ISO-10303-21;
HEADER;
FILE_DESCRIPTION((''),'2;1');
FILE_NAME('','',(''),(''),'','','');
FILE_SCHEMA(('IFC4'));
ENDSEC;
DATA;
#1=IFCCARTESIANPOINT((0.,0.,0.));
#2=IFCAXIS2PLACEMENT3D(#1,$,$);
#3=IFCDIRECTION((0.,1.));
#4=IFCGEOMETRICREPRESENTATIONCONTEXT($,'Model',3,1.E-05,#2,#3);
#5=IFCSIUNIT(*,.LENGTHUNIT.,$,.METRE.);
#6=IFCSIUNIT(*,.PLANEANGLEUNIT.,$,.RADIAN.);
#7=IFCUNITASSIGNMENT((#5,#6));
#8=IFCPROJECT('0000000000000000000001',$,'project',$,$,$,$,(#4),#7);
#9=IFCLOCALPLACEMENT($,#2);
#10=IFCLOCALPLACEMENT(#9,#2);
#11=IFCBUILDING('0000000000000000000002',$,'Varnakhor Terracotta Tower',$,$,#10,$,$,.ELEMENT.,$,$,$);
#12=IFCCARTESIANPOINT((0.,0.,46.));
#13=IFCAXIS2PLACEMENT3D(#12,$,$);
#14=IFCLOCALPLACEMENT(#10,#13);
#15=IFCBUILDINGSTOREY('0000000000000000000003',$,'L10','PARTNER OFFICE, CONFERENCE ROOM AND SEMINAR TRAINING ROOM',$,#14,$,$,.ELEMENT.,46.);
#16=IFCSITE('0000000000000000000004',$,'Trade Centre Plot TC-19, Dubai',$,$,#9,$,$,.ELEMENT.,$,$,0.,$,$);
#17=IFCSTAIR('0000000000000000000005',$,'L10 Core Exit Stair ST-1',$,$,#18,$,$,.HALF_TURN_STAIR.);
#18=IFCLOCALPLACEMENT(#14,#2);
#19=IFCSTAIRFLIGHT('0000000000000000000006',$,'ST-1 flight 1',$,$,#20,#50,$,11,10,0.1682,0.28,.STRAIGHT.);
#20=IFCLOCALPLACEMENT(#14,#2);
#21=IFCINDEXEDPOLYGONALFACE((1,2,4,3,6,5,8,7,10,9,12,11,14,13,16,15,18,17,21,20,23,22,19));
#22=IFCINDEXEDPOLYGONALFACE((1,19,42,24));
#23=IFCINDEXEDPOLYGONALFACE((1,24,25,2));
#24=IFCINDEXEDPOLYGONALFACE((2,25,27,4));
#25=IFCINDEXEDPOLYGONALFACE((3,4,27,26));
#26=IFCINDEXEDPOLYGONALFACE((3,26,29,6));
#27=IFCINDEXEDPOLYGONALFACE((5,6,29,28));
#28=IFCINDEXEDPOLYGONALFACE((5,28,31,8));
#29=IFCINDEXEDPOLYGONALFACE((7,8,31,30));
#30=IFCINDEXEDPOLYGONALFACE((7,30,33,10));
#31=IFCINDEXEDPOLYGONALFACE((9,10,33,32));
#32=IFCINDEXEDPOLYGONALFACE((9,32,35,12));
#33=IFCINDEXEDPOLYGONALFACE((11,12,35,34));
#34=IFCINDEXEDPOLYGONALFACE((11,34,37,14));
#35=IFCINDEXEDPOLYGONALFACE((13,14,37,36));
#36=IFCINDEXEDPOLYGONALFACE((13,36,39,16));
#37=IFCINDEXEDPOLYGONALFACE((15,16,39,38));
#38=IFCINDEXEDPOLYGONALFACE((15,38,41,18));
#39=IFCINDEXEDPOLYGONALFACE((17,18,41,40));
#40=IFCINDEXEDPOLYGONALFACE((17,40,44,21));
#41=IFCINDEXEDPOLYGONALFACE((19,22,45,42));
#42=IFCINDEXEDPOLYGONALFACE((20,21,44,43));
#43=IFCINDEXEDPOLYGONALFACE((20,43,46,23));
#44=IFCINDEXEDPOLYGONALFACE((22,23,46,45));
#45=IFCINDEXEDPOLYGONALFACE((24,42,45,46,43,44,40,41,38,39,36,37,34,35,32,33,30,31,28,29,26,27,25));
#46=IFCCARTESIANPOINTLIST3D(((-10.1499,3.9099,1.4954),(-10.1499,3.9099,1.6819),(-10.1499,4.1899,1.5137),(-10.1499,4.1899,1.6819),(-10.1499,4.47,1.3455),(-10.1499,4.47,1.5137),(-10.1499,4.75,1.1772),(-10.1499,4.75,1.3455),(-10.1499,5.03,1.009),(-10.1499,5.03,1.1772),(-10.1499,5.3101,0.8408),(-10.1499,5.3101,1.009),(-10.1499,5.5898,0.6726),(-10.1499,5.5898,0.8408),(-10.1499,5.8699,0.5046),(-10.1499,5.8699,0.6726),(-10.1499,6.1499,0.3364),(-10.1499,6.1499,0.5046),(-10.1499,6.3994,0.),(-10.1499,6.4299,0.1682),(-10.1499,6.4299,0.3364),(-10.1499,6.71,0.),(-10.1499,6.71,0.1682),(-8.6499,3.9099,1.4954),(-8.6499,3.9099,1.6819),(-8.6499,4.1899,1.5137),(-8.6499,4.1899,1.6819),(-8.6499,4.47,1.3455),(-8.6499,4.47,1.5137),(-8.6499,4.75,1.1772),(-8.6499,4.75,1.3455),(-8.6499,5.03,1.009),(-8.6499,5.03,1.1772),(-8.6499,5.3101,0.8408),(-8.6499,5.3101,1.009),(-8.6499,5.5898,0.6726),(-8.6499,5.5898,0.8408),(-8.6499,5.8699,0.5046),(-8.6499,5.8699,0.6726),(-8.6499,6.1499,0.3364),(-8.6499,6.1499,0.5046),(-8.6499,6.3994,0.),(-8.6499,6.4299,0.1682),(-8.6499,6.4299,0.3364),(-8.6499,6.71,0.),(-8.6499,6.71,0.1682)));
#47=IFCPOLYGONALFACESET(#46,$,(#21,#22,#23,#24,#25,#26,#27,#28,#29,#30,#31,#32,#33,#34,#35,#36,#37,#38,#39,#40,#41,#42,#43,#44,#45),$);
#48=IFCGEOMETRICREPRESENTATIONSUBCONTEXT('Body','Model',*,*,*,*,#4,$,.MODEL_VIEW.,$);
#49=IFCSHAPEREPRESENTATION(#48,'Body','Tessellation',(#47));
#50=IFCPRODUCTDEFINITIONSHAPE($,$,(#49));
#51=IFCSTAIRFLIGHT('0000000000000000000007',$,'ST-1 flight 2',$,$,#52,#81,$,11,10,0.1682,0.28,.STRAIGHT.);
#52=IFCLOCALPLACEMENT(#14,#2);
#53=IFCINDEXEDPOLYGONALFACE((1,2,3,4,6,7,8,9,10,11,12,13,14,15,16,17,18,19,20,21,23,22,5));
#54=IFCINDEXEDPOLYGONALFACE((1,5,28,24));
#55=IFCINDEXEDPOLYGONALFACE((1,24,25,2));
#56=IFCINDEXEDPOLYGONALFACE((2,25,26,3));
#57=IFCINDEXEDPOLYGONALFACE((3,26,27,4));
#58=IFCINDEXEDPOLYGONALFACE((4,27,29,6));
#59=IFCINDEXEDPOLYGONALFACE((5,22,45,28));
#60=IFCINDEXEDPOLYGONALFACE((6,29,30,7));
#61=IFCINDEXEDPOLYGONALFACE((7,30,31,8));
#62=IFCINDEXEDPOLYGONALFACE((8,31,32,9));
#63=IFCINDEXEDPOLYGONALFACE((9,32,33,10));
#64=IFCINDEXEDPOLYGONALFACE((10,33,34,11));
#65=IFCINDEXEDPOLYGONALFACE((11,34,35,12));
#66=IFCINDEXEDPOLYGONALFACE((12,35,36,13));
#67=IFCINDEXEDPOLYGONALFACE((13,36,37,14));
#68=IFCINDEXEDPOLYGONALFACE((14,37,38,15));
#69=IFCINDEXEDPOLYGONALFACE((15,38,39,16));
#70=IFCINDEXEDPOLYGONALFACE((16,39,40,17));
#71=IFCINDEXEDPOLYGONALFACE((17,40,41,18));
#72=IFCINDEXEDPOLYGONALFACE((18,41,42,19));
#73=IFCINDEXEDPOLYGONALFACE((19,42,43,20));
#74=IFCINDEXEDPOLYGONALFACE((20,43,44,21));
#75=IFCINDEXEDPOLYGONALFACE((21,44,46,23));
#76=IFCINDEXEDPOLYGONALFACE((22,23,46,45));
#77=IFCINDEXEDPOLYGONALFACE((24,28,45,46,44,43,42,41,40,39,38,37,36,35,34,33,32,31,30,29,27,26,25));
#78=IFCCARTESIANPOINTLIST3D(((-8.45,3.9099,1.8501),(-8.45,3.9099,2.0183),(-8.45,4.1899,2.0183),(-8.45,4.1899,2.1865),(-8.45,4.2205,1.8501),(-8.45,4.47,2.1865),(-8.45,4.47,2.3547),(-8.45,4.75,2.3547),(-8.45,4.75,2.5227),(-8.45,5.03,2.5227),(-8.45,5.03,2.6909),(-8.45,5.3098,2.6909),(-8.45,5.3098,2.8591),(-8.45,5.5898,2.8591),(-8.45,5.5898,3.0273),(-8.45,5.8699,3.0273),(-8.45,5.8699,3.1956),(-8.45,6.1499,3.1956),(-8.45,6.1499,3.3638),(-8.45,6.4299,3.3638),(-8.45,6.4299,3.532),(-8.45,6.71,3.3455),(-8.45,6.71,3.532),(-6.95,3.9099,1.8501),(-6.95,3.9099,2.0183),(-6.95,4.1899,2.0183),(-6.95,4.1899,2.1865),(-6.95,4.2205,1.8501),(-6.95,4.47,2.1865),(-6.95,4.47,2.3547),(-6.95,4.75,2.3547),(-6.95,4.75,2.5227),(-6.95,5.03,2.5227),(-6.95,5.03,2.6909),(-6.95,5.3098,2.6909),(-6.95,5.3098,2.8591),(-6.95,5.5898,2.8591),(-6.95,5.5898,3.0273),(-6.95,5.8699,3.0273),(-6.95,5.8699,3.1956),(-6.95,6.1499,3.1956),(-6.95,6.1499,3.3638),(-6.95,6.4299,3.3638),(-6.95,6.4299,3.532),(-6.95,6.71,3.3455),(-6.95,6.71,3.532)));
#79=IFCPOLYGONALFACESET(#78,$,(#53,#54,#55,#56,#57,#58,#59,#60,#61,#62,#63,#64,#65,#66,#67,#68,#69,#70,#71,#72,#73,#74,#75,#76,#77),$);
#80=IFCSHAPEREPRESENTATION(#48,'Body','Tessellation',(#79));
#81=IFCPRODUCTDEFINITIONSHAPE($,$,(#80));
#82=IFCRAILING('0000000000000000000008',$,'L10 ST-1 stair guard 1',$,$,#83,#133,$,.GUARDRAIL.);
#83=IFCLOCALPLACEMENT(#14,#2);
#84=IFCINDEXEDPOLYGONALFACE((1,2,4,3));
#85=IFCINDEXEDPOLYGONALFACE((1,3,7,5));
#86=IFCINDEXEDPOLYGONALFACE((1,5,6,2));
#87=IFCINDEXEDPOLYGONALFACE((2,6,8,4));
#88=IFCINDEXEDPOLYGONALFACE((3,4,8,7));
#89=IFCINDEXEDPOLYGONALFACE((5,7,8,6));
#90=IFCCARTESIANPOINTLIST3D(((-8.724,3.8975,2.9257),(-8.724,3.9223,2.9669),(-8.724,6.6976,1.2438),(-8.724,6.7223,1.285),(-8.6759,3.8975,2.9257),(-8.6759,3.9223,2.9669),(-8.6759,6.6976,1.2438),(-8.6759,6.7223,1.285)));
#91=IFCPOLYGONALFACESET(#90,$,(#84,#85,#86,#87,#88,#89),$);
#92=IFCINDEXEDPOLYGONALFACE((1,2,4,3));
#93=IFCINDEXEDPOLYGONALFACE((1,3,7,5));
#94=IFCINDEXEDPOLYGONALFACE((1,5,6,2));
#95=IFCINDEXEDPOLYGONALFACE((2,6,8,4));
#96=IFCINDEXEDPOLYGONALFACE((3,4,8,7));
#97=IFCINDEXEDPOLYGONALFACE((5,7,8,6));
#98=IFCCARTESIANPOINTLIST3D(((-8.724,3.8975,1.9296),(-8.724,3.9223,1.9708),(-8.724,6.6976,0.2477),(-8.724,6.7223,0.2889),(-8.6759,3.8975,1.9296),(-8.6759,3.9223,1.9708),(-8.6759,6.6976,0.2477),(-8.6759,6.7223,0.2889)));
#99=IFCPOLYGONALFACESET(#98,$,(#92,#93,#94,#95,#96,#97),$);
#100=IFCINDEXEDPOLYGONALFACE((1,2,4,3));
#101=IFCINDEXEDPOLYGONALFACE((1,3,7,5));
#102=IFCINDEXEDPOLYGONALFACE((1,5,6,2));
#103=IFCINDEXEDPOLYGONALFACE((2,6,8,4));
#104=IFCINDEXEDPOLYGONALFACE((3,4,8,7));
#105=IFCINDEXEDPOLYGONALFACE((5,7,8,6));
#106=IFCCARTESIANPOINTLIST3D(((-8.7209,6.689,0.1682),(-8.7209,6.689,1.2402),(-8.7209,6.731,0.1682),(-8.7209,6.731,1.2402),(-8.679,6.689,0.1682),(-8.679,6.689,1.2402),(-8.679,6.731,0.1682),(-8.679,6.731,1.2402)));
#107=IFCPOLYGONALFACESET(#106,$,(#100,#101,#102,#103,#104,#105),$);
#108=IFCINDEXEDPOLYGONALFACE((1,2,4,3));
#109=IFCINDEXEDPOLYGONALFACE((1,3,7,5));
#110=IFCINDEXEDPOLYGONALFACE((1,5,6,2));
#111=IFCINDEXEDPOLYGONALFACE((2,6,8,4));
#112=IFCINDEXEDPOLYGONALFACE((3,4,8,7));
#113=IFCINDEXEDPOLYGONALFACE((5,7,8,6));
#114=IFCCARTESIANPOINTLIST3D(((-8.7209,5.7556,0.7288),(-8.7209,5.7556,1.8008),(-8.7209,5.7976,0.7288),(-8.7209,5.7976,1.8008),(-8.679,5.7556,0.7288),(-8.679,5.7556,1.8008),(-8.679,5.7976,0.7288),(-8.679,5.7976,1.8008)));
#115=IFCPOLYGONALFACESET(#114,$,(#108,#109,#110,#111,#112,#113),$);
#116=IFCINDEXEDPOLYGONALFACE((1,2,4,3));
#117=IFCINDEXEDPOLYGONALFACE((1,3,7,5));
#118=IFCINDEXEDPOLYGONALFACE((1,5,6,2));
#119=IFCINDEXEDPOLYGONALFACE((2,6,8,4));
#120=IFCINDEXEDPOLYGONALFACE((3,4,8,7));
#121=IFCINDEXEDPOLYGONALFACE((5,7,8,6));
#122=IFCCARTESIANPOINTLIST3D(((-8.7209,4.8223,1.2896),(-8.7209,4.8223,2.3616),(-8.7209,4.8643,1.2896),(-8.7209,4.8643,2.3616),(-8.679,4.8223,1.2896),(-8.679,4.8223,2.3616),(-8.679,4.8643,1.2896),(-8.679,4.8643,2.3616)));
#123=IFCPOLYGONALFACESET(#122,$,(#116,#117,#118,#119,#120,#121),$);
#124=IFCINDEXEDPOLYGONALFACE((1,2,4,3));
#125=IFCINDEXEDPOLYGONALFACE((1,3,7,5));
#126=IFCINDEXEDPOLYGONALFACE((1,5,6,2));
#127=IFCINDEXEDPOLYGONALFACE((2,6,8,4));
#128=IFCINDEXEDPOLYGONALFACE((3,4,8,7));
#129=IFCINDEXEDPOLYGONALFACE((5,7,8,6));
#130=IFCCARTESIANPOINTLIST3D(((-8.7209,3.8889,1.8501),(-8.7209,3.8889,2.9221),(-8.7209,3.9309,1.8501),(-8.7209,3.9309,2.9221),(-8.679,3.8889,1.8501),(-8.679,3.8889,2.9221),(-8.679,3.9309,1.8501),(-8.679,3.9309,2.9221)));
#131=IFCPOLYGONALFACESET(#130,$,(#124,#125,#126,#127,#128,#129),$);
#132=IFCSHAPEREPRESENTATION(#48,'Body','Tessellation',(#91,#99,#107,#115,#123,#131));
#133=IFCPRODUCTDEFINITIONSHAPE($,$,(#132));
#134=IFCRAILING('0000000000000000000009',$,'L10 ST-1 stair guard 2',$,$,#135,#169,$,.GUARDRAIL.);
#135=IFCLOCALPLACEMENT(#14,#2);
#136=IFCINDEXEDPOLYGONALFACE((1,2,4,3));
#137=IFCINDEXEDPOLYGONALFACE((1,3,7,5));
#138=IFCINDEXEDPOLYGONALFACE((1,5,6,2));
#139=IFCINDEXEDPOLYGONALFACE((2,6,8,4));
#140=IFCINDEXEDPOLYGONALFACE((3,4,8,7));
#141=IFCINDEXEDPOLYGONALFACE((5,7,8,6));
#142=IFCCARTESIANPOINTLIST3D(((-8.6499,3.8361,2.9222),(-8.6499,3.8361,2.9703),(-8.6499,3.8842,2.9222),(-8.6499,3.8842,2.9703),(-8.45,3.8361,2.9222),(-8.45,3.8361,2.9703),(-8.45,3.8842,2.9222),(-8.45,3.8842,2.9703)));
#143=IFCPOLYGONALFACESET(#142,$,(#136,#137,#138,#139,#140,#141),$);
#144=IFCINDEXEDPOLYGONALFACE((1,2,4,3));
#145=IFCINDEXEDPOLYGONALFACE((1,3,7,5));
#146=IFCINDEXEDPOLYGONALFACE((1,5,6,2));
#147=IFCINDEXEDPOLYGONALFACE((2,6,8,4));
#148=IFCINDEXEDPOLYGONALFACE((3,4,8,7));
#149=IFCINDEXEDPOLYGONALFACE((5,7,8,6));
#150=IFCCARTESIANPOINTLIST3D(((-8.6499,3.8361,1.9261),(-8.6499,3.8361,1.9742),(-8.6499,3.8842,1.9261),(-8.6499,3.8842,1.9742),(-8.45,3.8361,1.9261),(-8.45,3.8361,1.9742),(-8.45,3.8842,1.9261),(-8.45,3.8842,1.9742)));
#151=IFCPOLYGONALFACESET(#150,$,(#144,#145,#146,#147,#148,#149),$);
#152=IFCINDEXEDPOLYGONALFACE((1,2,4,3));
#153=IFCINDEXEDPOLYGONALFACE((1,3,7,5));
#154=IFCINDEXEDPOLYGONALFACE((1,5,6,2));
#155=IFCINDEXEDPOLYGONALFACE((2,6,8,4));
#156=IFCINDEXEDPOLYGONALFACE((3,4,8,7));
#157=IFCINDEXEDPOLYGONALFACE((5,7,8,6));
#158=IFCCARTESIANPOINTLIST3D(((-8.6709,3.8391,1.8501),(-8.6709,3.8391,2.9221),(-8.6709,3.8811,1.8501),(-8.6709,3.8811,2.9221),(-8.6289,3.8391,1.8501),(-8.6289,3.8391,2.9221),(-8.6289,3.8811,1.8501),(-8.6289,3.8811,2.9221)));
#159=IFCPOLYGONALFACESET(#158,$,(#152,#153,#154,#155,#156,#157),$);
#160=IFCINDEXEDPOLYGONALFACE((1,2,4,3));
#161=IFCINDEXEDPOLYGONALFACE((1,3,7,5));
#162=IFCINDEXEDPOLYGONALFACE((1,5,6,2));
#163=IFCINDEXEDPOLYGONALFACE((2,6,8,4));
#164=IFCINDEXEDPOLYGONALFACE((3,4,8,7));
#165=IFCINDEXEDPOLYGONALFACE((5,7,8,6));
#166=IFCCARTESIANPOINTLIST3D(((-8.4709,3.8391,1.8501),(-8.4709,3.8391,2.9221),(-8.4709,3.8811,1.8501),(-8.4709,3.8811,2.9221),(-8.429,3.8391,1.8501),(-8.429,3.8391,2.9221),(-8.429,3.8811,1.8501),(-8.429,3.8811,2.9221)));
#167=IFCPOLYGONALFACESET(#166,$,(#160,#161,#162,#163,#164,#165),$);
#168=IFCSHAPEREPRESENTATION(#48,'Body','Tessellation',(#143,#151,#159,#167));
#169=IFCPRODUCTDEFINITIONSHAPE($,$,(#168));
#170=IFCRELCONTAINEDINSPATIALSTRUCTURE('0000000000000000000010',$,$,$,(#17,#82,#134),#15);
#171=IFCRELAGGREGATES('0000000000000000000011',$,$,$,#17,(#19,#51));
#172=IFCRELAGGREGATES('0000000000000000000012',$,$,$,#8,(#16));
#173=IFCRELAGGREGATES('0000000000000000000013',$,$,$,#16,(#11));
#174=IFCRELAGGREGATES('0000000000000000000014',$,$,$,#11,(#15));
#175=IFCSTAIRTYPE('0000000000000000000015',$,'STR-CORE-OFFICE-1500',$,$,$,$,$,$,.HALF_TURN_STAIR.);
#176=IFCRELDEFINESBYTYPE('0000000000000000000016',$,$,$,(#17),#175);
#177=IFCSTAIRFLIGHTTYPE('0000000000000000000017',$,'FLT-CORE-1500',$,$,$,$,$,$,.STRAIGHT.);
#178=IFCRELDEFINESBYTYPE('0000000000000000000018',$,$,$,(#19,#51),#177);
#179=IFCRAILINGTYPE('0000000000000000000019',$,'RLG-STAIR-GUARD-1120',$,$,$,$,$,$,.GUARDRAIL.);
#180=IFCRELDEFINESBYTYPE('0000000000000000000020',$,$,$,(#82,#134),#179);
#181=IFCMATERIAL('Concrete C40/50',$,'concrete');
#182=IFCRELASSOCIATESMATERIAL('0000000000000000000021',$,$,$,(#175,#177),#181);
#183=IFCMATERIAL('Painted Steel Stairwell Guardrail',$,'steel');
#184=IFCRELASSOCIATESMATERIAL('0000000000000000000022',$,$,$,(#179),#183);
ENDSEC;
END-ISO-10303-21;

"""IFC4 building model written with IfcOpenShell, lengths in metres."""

from ifc_helpers import new_model, si_unit, direction, frame, origin, origin_2d, place, context, subcontext, project, spatial, polyline, rectangle, outline, extrude, material, type_object, element, aggregate, save


model = new_model("IFC4")

# Units and contexts
model_context = context("Model", 3, precision=1e-05, world=origin(), true_north=direction((0.0, 1.0)))
body_context = subcontext(model_context, "Body", "Model", "MODEL_VIEW")
ifc_project = project(units=[si_unit("LENGTHUNIT", "METRE"), si_unit("PLANEANGLEUNIT", "RADIAN")], contexts=[model_context])

# Site, building, storey
site_placement = place(None, origin())
site = spatial("IfcSite", under=ifc_project, at=site_placement, Name="Trade Centre Plot TC-19, Dubai", CompositionType="ELEMENT", RefElevation=0.0)
building_placement = place(site_placement, origin())
building = spatial("IfcBuilding", under=site, at=building_placement, Name="Varnakhor Terracotta Tower", CompositionType="ELEMENT")
storey_placement = place(building_placement, frame((0.0, 0.0, 46.0)))
storey = spatial("IfcBuildingStorey", under=building, at=storey_placement, Name="L10", Description="PARTNER OFFICE, CONFERENCE ROOM AND SEMINAR TRAINING ROOM", CompositionType="ELEMENT", Elevation=46.0)

# Shared definitions
ifc_material_1 = material(Name="Concrete C40/50", Category="concrete")

# Stair, stair flights
stair_type = type_object("IfcStairType", Name="STR-CORE-OFFICE-1500", PredefinedType="HALF_TURN_STAIR", material=ifc_material_1)
stair_placement = place(storey_placement, origin())
stair = element("IfcStair", 1, at=stair_placement, inside=storey, type_object=stair_type, Name="L10 Core Exit Stair ST-1", PredefinedType="HALF_TURN_STAIR")
stair_flight_type = type_object("IfcStairFlightType", Name="FLT-CORE-1500", PredefinedType="STRAIGHT", material=ifc_material_1)
stair_flight_1_placement = place(storey_placement, frame((-9.3999, 6.71, 0.0), z_axis=(0.0, 0.0, 1.0), x_axis=(0.0, -1.0, 0.0)))
stair_flight_1 = element("IfcStairFlight", 2, at=stair_flight_1_placement, type_object=stair_flight_type, Name="ST-1 flight 1", NumberOfRisers=11, NumberOfTreads=10, PredefinedType="STRAIGHT", RiserHeight=0.1682, TreadLength=0.28, context=body_context, shape_type="SweptSolid", body=[
    extrude(outline(polyline([(0.0, 0.0), (0.0, 0.1682), (0.28, 0.1682), (0.28, 0.3364), (0.5601, 0.3364), (0.5601, 0.5046), (0.8401, 0.5046), (0.8401, 0.6726), (1.1201, 0.6726), (1.1201, 0.8408), (1.3999, 0.8408), (1.3999, 1.009), (1.6799, 1.009), (1.6799, 1.1772), (1.96, 1.1772), (1.96, 1.3455), (2.24, 1.3455), (2.24, 1.5137), (2.52, 1.5137), (2.52, 1.6819), (2.8, 1.6819), (2.8, 1.8501), (2.8, 1.4954), (0.3105, 0.0), (0.0, 0.0)])), frame((0.0, 0.75, 0.0), z_axis=(0.0, -1.0, 0.0), x_axis=(1.0, 0.0, 0.0)), (0.0, 0.0, 1.0), 1.5),
])
stair_flight_2_placement = place(storey_placement, frame((-7.7, 3.9099, 1.8501), z_axis=(0.0, 0.0, 1.0), x_axis=(0.0, 1.0, 0.0)))
stair_flight_2 = element("IfcStairFlight", 3, at=stair_flight_2_placement, type_object=stair_flight_type, Name="ST-1 flight 2", NumberOfRisers=11, NumberOfTreads=10, PredefinedType="STRAIGHT", RiserHeight=0.1682, TreadLength=0.28, context=body_context, shape_type="SweptSolid", body=[
    extrude(outline(polyline([(0.0, 0.0), (0.0, 0.1682), (0.28, 0.1682), (0.28, 0.3364), (0.5601, 0.3364), (0.5601, 0.5046), (0.8401, 0.5046), (0.8401, 0.6726), (1.1201, 0.6726), (1.1201, 0.8408), (1.3999, 0.8408), (1.3999, 1.009), (1.6799, 1.009), (1.6799, 1.1772), (1.96, 1.1772), (1.96, 1.3455), (2.24, 1.3455), (2.24, 1.5137), (2.52, 1.5137), (2.52, 1.6819), (2.8, 1.6819), (2.8, 1.8501), (2.8, 1.4954), (0.3105, 0.0), (0.0, 0.0)])), frame((0.0, 0.75, 0.0), z_axis=(0.0, -1.0, 0.0), x_axis=(1.0, 0.0, 0.0)), (0.0, 0.0, 1.0), 1.5),
])
aggregate(stair, [stair_flight_1, stair_flight_2])

# Railings
ifc_material_2 = material(Name="Painted Steel Stairwell Guardrail", Category="steel")
railing_type_1 = type_object("IfcRailingType", Name="RLG-STAIR-GUARD-1120", PredefinedType="GUARDRAIL", material=ifc_material_2)
railing_1_placement = place(storey_placement, frame((-8.7, 6.71, 0.1682)))
element("IfcRailing", 4, at=railing_1_placement, inside=storey, type_object=railing_type_1, Name="L10 ST-1 stair guard 1", PredefinedType="GUARDRAIL", context=body_context, shape_type="SweptSolid", body=[
    extrude(rectangle(XDim=0.0481, YDim=0.0481, at=origin_2d()), frame((0.0, 0.0, 1.0962), z_axis=(0.0, -0.857242, 0.514913), x_axis=(1.0, 0.0, 0.0)), (0.0, 0.0, 1.0), 3.2664),
    extrude(rectangle(XDim=0.0481, YDim=0.0481, at=origin_2d()), frame((0.0, 0.0, 0.1001), z_axis=(0.0, -0.857242, 0.514913), x_axis=(1.0, 0.0, 0.0)), (0.0, 0.0, 1.0), 3.2664),
    extrude(rectangle(XDim=0.042, YDim=0.042, at=origin_2d()), origin(), (0.0, 0.0, 1.0), 1.072),
    extrude(rectangle(XDim=0.042, YDim=0.042, at=origin_2d()), frame((0.0, -0.9333, 0.5605)), (0.0, 0.0, 1.0), 1.072),
    extrude(rectangle(XDim=0.042, YDim=0.042, at=origin_2d()), frame((0.0, -1.8667, 1.1213)), (0.0, 0.0, 1.0), 1.072),
    extrude(rectangle(XDim=0.042, YDim=0.042, at=origin_2d()), frame((0.0, -2.8, 1.6819)), (0.0, 0.0, 1.0), 1.072),
])
railing_2_placement = place(storey_placement, frame((-8.6499, 3.8601, 1.8501)))
element("IfcRailing", 5, at=railing_2_placement, inside=storey, type_object=railing_type_1, Name="L10 ST-1 stair guard 2", PredefinedType="GUARDRAIL", context=body_context, shape_type="SweptSolid", body=[
    extrude(rectangle(XDim=0.0481, YDim=0.0481, at=origin_2d()), frame((0.0, 0.0, 1.0962), z_axis=(1.0, 0.0, 0.0), x_axis=(0.0, 1.0, 0.0)), (0.0, 0.0, 1.0), 0.2),
    extrude(rectangle(XDim=0.0481, YDim=0.0481, at=origin_2d()), frame((0.0, 0.0, 0.1001), z_axis=(1.0, 0.0, 0.0), x_axis=(0.0, 1.0, 0.0)), (0.0, 0.0, 1.0), 0.2),
    extrude(rectangle(XDim=0.042, YDim=0.042, at=origin_2d()), origin(), (0.0, 0.0, 1.0), 1.072),
    extrude(rectangle(XDim=0.042, YDim=0.042, at=origin_2d()), frame((0.2, 0.0, 0.0)), (0.0, 0.0, 1.0), 1.072),
])

save(model, "model.ifc")
